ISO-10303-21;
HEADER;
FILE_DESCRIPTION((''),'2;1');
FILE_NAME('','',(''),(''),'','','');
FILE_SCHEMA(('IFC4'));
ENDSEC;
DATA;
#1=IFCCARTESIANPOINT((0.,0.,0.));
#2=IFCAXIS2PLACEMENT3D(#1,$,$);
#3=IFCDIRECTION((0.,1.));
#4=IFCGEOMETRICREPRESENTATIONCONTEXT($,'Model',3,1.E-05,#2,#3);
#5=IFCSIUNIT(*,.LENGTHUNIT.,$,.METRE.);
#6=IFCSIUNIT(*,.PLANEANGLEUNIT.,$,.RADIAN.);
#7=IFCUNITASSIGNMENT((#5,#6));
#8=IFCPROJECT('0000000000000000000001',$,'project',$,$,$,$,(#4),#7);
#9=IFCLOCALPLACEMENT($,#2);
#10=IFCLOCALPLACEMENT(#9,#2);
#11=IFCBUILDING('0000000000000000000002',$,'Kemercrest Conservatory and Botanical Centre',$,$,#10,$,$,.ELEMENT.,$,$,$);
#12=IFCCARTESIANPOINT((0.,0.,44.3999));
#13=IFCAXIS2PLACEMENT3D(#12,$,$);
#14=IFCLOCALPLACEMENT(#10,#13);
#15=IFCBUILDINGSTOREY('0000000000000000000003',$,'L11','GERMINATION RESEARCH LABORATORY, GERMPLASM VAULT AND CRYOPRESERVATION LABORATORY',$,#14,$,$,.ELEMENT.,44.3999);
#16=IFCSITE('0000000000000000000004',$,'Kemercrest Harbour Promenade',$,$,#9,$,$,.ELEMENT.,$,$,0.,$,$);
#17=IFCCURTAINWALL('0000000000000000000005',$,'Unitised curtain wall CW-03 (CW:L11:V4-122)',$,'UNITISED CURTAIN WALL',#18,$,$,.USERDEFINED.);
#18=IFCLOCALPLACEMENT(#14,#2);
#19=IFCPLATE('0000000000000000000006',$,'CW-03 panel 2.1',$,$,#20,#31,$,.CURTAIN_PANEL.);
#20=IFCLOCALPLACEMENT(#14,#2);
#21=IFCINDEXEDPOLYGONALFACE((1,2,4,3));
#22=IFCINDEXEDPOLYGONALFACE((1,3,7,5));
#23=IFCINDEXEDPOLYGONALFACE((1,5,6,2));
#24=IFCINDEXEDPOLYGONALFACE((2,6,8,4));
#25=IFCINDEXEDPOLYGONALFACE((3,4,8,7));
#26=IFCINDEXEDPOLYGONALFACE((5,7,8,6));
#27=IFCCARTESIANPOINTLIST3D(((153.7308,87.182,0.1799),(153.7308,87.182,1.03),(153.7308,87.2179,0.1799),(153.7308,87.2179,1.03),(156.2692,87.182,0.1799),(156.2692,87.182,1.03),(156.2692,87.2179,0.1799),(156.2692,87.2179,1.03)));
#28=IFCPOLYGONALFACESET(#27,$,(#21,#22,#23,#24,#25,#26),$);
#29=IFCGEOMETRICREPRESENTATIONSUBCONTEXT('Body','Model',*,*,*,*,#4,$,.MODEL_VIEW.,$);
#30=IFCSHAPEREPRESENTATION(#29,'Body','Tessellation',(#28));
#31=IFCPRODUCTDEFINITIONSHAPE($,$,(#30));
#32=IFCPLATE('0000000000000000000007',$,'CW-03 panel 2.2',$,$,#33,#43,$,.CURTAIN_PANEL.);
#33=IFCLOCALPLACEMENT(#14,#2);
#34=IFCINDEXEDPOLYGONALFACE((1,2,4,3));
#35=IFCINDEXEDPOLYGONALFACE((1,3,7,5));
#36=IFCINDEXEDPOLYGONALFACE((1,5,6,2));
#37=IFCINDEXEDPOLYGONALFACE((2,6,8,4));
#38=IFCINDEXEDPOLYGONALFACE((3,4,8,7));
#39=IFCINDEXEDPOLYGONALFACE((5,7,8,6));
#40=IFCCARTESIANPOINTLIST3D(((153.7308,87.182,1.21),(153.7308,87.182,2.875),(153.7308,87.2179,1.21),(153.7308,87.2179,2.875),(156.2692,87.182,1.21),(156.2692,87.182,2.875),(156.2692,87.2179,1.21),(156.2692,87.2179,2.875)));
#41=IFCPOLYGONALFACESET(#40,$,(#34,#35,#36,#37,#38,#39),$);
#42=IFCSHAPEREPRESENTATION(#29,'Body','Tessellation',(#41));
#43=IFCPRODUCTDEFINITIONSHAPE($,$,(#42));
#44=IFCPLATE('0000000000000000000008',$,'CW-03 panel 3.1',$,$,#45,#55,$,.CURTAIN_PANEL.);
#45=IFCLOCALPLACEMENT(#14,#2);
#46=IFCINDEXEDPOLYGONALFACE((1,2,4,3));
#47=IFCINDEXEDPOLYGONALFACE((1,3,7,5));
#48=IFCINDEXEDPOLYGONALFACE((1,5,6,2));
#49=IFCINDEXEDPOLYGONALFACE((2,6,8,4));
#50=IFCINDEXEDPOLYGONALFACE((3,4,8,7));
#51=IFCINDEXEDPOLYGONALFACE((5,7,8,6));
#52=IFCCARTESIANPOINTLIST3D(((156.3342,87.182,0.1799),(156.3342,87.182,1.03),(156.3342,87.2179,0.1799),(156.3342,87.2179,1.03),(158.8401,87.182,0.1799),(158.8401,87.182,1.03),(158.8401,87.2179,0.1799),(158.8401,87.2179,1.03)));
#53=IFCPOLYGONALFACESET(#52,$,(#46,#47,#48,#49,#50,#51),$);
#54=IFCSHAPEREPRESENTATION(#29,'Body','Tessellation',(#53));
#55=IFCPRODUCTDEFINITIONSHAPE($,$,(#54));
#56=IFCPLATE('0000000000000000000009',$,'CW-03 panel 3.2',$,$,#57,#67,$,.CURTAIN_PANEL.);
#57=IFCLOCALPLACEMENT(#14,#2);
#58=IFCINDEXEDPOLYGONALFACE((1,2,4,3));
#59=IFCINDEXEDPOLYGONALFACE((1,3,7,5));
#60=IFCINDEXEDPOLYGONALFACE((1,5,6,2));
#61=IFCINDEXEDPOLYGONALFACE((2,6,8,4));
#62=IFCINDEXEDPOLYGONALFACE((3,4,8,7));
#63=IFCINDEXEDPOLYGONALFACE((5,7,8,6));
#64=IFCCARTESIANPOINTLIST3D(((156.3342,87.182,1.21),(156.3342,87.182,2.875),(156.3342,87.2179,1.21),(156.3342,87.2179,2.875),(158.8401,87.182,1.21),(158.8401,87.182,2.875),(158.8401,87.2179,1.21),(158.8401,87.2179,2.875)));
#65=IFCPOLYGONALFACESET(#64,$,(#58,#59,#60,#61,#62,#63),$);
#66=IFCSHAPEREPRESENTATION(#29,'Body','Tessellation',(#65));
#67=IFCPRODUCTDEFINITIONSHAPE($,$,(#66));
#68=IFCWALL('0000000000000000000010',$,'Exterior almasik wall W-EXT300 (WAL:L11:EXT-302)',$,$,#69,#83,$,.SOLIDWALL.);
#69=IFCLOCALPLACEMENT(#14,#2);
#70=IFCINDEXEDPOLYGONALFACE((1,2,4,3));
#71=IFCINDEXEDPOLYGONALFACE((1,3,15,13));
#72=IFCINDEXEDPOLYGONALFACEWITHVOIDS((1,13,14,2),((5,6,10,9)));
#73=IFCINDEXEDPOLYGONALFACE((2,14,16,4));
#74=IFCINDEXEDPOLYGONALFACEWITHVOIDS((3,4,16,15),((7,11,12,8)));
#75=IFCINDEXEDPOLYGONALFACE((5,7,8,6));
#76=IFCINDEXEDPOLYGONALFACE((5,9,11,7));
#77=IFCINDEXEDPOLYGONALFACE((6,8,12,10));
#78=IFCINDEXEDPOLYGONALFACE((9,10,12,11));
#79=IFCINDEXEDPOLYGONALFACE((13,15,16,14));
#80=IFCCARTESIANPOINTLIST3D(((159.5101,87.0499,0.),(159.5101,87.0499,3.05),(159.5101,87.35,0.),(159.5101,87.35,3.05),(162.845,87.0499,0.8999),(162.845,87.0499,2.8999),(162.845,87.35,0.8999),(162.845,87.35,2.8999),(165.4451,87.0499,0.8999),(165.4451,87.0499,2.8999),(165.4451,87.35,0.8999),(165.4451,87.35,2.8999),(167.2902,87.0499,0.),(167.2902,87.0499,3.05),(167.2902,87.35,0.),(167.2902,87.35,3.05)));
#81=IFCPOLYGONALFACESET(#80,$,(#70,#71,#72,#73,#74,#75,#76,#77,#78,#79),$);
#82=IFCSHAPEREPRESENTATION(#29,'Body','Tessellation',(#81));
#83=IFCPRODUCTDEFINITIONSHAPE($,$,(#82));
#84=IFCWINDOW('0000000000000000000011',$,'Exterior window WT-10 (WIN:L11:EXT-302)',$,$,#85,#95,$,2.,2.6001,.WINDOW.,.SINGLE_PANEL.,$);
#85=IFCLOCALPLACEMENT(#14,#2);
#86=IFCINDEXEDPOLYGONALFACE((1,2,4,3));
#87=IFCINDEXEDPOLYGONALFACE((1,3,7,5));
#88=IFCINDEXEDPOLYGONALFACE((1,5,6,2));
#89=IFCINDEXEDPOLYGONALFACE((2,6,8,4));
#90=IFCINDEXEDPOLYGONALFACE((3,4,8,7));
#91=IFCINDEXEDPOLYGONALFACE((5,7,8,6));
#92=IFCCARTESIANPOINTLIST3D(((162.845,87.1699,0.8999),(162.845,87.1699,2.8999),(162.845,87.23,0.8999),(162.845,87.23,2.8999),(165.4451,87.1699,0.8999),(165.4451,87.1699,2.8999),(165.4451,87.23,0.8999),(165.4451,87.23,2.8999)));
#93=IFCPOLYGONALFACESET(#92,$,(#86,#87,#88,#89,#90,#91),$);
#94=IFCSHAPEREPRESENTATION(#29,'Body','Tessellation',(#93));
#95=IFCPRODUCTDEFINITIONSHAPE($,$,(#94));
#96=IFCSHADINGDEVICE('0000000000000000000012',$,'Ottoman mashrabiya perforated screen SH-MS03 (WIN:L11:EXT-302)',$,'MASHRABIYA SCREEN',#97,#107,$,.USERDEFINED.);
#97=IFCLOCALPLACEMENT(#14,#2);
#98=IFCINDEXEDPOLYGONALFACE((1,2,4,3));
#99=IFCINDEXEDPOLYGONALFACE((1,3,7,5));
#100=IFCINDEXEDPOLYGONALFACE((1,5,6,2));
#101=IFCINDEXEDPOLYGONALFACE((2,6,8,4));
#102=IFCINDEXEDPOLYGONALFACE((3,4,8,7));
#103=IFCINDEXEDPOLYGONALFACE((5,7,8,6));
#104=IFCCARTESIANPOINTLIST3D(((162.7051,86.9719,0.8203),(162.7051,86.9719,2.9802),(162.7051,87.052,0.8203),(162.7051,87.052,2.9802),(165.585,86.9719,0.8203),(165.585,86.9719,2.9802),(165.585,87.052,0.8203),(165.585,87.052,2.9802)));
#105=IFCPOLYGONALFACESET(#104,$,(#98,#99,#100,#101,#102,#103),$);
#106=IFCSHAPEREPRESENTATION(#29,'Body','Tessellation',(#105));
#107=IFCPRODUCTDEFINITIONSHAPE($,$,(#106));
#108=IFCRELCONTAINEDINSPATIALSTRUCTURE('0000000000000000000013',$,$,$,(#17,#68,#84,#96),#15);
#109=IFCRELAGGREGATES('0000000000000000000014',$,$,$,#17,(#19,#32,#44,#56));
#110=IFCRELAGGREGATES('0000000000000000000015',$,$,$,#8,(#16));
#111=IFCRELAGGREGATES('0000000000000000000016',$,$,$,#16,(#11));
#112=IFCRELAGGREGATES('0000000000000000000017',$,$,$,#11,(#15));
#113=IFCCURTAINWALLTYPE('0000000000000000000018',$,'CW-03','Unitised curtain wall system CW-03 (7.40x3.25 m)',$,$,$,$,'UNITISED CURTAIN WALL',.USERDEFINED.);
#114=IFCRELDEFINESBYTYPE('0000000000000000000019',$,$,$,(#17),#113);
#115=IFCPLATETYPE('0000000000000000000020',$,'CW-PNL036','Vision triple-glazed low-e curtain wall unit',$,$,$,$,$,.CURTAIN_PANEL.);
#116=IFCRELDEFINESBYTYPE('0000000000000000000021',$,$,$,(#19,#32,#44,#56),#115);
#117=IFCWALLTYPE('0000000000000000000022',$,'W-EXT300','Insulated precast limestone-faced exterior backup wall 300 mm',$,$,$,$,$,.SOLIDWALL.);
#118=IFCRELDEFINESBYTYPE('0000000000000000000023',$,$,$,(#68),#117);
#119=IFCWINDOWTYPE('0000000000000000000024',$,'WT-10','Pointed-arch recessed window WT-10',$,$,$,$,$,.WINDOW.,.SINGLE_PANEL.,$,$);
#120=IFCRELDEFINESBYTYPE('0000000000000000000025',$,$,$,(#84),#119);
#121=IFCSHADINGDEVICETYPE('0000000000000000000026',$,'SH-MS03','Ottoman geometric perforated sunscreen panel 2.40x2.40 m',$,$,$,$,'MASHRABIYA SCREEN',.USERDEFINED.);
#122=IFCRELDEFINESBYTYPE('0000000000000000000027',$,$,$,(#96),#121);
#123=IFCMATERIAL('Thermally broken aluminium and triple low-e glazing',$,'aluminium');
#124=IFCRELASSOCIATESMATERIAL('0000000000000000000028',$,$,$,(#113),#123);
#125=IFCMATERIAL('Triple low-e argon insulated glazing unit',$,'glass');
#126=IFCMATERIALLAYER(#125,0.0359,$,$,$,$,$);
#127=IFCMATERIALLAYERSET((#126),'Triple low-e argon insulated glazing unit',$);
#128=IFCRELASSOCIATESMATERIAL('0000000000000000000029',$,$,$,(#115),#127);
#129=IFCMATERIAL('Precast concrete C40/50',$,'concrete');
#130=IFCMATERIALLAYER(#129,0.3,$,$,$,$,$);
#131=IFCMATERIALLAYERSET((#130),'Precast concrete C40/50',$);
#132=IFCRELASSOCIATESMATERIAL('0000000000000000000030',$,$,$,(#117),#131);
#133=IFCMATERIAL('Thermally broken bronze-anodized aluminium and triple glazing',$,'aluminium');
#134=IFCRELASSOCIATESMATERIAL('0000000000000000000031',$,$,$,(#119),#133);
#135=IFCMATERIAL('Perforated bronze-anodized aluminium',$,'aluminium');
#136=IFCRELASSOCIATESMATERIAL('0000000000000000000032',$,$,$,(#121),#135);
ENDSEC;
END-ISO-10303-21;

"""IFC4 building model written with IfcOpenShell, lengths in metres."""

from ifc_helpers import new_model, si_unit, direction, frame, frame_2d, origin, origin_2d, place, context, subcontext, project, spatial, rectangle, extrude, material, layer, layer_set, type_object, element, fill, aggregate, save


model = new_model("IFC4")

# Units and contexts
model_context = context("Model", 3, precision=1e-05, world=origin(), true_north=direction((0.0, 1.0)))
body_context = subcontext(model_context, "Body", "Model", "MODEL_VIEW")
ifc_project = project(units=[si_unit("LENGTHUNIT", "METRE"), si_unit("PLANEANGLEUNIT", "RADIAN")], contexts=[model_context])

# Site, building, storey
site_placement = place(None, origin())
site = spatial("IfcSite", under=ifc_project, at=site_placement, Name="Kemercrest Harbour Promenade", CompositionType="ELEMENT", RefElevation=0.0)
building_placement = place(site_placement, origin())
building = spatial("IfcBuilding", under=site, at=building_placement, Name="Kemercrest Conservatory and Botanical Centre", CompositionType="ELEMENT")
storey_placement = place(building_placement, frame((0.0, 0.0, 44.3999)))
storey = spatial("IfcBuildingStorey", under=building, at=storey_placement, Name="L11", Description="GERMINATION RESEARCH LABORATORY, GERMPLASM VAULT AND CRYOPRESERVATION LABORATORY", CompositionType="ELEMENT", Elevation=44.3999)

# Curtain wall
ifc_material_1 = material(Name="Thermally broken aluminium and triple low-e glazing", Category="aluminium")
curtain_wall_type = type_object("IfcCurtainWallType", Name="CW-03", Description="Unitised curtain wall system CW-03 (7.40x3.25 m)", ElementType="UNITISED CURTAIN WALL", PredefinedType="USERDEFINED", material=ifc_material_1)
curtain_wall_placement = place(storey_placement, origin())
curtain_wall = element("IfcCurtainWall", 1, at=curtain_wall_placement, inside=storey, type_object=curtain_wall_type, Name="Unitised curtain wall CW-03 (CW:L11:V4-122)", ObjectType="UNITISED CURTAIN WALL", PredefinedType="USERDEFINED")

# Plates
ifc_material_2 = material(Name="Triple low-e argon insulated glazing unit", Category="glass")
ifc_layer_1 = layer(ifc_material_2, 0.0359)
ifc_layer_set_1 = layer_set([ifc_layer_1], Name="Triple low-e argon insulated glazing unit")
plate_type = type_object("IfcPlateType", Name="CW-PNL036", Description="Vision triple-glazed low-e curtain wall unit", PredefinedType="CURTAIN_PANEL", material=ifc_layer_set_1)
plate_1_placement = place(storey_placement, frame((155.0, 87.2, 0.1799), z_axis=(0.0, 0.0, 1.0), x_axis=(1.0, 0.0, 0.0)))
plate_1 = element("IfcPlate", 2, at=plate_1_placement, type_object=plate_type, Name="CW-03 panel 2.1", PredefinedType="CURTAIN_PANEL", context=body_context, shape_type="SweptSolid", body=[
    extrude(rectangle(XDim=2.5383, YDim=0.0359, at=origin_2d()), origin(), (0.0, 0.0, 1.0), 0.8501),
])
plate_2_placement = place(storey_placement, frame((155.0, 87.2, 1.21), z_axis=(0.0, 0.0, 1.0), x_axis=(1.0, 0.0, 0.0)))
plate_2 = element("IfcPlate", 3, at=plate_2_placement, type_object=plate_type, Name="CW-03 panel 2.2", PredefinedType="CURTAIN_PANEL", context=body_context, shape_type="SweptSolid", body=[
    extrude(rectangle(XDim=2.5383, YDim=0.0359, at=origin_2d()), origin(), (0.0, 0.0, 1.0), 1.665),
])
plate_3_placement = place(storey_placement, frame((157.5872, 87.2, 0.1799), z_axis=(0.0, 0.0, 1.0), x_axis=(1.0, 0.0, 0.0)))
plate_3 = element("IfcPlate", 4, at=plate_3_placement, type_object=plate_type, Name="CW-03 panel 3.1", PredefinedType="CURTAIN_PANEL", context=body_context, shape_type="SweptSolid", body=[
    extrude(rectangle(XDim=2.5059, YDim=0.0359, at=origin_2d()), origin(), (0.0, 0.0, 1.0), 0.8501),
])
plate_4_placement = place(storey_placement, frame((157.5872, 87.2, 1.21), z_axis=(0.0, 0.0, 1.0), x_axis=(1.0, 0.0, 0.0)))
plate_4 = element("IfcPlate", 5, at=plate_4_placement, type_object=plate_type, Name="CW-03 panel 3.2", PredefinedType="CURTAIN_PANEL", context=body_context, shape_type="SweptSolid", body=[
    extrude(rectangle(XDim=2.5059, YDim=0.0359, at=origin_2d()), origin(), (0.0, 0.0, 1.0), 1.665),
])
aggregate(curtain_wall, [plate_1, plate_2, plate_3, plate_4])

# Wall, opening, window
ifc_material_3 = material(Name="Precast concrete C40/50", Category="concrete")
ifc_layer_2 = layer(ifc_material_3, 0.3)
ifc_layer_set_2 = layer_set([ifc_layer_2], Name="Precast concrete C40/50")
wall_type = type_object("IfcWallType", Name="W-EXT300", Description="Insulated precast limestone-faced exterior backup wall 300 mm", PredefinedType="SOLIDWALL", material=ifc_layer_set_2)
wall_placement = place(storey_placement, frame((159.51, 87.2, 0.0), z_axis=(0.0, 0.0, 1.0), x_axis=(1.0, 0.0, 0.0)))
wall = element("IfcWall", 6, at=wall_placement, inside=storey, type_object=wall_type, Name="Exterior almasik wall W-EXT300 (WAL:L11:EXT-302)", PredefinedType="SOLIDWALL", context=body_context, shape_type="SweptSolid", body=[
    extrude(rectangle(XDim=7.78, YDim=0.3, at=frame_2d((3.8901, 0.0))), origin(), (0.0, 0.0, 1.0), 3.05),
])
opening_placement = place(wall_placement, frame((3.335, 0.0, 0.8999)))
opening = element("IfcOpeningElement", 7, at=opening_placement, cuts=wall, PredefinedType="OPENING", context=body_context, shape_type="SweptSolid", body=[
    extrude(rectangle(XDim=2.6001, YDim=2.0, at=frame_2d((1.3, 1.0))), frame((0.0, 0.1602, 0.0), z_axis=(0.0, -1.0, 0.0), x_axis=(1.0, 0.0, 0.0)), (0.0, 0.0, 1.0), 0.3201),
])
ifc_material_4 = material(Name="Thermally broken bronze-anodized aluminium and triple glazing", Category="aluminium")
window_type = type_object("IfcWindowType", Name="WT-10", Description="Pointed-arch recessed window WT-10", PartitioningType="SINGLE_PANEL", PredefinedType="WINDOW", material=ifc_material_4)
window_placement = place(opening_placement, origin())
window = element("IfcWindow", 8, at=window_placement, inside=storey, type_object=window_type, Name="Exterior window WT-10 (WIN:L11:EXT-302)", OverallHeight=2.0, OverallWidth=2.6001, PartitioningType="SINGLE_PANEL", PredefinedType="WINDOW", context=body_context, shape_type="SweptSolid", body=[
    extrude(rectangle(XDim=2.6001, YDim=2.0, at=frame_2d((1.3, 1.0))), frame((0.0, 0.03, 0.0), z_axis=(0.0, -1.0, 0.0), x_axis=(1.0, 0.0, 0.0)), (0.0, 0.0, 1.0), 0.0601),
])
fill(opening, window)

# Shading device
ifc_material_5 = material(Name="Perforated bronze-anodized aluminium", Category="aluminium")
shading_device_type = type_object("IfcShadingDeviceType", Name="SH-MS03", Description="Ottoman geometric perforated sunscreen panel 2.40x2.40 m", ElementType="MASHRABIYA SCREEN", PredefinedType="USERDEFINED", material=ifc_material_5)
shading_device_placement = place(storey_placement, frame((164.145, 87.012, 0.8203), z_axis=(0.0, 0.0, 1.0), x_axis=(1.0, 0.0, 0.0)))
element("IfcShadingDevice", 9, at=shading_device_placement, inside=storey, type_object=shading_device_type, Name="Ottoman mashrabiya perforated screen SH-MS03 (WIN:L11:EXT-302)", ObjectType="MASHRABIYA SCREEN", PredefinedType="USERDEFINED", context=body_context, shape_type="SweptSolid", body=[
    extrude(rectangle(XDim=2.8799, YDim=0.0801, at=origin_2d()), origin(), (0.0, 0.0, 1.0), 2.1599),
])

save(model, "model.ifc")
